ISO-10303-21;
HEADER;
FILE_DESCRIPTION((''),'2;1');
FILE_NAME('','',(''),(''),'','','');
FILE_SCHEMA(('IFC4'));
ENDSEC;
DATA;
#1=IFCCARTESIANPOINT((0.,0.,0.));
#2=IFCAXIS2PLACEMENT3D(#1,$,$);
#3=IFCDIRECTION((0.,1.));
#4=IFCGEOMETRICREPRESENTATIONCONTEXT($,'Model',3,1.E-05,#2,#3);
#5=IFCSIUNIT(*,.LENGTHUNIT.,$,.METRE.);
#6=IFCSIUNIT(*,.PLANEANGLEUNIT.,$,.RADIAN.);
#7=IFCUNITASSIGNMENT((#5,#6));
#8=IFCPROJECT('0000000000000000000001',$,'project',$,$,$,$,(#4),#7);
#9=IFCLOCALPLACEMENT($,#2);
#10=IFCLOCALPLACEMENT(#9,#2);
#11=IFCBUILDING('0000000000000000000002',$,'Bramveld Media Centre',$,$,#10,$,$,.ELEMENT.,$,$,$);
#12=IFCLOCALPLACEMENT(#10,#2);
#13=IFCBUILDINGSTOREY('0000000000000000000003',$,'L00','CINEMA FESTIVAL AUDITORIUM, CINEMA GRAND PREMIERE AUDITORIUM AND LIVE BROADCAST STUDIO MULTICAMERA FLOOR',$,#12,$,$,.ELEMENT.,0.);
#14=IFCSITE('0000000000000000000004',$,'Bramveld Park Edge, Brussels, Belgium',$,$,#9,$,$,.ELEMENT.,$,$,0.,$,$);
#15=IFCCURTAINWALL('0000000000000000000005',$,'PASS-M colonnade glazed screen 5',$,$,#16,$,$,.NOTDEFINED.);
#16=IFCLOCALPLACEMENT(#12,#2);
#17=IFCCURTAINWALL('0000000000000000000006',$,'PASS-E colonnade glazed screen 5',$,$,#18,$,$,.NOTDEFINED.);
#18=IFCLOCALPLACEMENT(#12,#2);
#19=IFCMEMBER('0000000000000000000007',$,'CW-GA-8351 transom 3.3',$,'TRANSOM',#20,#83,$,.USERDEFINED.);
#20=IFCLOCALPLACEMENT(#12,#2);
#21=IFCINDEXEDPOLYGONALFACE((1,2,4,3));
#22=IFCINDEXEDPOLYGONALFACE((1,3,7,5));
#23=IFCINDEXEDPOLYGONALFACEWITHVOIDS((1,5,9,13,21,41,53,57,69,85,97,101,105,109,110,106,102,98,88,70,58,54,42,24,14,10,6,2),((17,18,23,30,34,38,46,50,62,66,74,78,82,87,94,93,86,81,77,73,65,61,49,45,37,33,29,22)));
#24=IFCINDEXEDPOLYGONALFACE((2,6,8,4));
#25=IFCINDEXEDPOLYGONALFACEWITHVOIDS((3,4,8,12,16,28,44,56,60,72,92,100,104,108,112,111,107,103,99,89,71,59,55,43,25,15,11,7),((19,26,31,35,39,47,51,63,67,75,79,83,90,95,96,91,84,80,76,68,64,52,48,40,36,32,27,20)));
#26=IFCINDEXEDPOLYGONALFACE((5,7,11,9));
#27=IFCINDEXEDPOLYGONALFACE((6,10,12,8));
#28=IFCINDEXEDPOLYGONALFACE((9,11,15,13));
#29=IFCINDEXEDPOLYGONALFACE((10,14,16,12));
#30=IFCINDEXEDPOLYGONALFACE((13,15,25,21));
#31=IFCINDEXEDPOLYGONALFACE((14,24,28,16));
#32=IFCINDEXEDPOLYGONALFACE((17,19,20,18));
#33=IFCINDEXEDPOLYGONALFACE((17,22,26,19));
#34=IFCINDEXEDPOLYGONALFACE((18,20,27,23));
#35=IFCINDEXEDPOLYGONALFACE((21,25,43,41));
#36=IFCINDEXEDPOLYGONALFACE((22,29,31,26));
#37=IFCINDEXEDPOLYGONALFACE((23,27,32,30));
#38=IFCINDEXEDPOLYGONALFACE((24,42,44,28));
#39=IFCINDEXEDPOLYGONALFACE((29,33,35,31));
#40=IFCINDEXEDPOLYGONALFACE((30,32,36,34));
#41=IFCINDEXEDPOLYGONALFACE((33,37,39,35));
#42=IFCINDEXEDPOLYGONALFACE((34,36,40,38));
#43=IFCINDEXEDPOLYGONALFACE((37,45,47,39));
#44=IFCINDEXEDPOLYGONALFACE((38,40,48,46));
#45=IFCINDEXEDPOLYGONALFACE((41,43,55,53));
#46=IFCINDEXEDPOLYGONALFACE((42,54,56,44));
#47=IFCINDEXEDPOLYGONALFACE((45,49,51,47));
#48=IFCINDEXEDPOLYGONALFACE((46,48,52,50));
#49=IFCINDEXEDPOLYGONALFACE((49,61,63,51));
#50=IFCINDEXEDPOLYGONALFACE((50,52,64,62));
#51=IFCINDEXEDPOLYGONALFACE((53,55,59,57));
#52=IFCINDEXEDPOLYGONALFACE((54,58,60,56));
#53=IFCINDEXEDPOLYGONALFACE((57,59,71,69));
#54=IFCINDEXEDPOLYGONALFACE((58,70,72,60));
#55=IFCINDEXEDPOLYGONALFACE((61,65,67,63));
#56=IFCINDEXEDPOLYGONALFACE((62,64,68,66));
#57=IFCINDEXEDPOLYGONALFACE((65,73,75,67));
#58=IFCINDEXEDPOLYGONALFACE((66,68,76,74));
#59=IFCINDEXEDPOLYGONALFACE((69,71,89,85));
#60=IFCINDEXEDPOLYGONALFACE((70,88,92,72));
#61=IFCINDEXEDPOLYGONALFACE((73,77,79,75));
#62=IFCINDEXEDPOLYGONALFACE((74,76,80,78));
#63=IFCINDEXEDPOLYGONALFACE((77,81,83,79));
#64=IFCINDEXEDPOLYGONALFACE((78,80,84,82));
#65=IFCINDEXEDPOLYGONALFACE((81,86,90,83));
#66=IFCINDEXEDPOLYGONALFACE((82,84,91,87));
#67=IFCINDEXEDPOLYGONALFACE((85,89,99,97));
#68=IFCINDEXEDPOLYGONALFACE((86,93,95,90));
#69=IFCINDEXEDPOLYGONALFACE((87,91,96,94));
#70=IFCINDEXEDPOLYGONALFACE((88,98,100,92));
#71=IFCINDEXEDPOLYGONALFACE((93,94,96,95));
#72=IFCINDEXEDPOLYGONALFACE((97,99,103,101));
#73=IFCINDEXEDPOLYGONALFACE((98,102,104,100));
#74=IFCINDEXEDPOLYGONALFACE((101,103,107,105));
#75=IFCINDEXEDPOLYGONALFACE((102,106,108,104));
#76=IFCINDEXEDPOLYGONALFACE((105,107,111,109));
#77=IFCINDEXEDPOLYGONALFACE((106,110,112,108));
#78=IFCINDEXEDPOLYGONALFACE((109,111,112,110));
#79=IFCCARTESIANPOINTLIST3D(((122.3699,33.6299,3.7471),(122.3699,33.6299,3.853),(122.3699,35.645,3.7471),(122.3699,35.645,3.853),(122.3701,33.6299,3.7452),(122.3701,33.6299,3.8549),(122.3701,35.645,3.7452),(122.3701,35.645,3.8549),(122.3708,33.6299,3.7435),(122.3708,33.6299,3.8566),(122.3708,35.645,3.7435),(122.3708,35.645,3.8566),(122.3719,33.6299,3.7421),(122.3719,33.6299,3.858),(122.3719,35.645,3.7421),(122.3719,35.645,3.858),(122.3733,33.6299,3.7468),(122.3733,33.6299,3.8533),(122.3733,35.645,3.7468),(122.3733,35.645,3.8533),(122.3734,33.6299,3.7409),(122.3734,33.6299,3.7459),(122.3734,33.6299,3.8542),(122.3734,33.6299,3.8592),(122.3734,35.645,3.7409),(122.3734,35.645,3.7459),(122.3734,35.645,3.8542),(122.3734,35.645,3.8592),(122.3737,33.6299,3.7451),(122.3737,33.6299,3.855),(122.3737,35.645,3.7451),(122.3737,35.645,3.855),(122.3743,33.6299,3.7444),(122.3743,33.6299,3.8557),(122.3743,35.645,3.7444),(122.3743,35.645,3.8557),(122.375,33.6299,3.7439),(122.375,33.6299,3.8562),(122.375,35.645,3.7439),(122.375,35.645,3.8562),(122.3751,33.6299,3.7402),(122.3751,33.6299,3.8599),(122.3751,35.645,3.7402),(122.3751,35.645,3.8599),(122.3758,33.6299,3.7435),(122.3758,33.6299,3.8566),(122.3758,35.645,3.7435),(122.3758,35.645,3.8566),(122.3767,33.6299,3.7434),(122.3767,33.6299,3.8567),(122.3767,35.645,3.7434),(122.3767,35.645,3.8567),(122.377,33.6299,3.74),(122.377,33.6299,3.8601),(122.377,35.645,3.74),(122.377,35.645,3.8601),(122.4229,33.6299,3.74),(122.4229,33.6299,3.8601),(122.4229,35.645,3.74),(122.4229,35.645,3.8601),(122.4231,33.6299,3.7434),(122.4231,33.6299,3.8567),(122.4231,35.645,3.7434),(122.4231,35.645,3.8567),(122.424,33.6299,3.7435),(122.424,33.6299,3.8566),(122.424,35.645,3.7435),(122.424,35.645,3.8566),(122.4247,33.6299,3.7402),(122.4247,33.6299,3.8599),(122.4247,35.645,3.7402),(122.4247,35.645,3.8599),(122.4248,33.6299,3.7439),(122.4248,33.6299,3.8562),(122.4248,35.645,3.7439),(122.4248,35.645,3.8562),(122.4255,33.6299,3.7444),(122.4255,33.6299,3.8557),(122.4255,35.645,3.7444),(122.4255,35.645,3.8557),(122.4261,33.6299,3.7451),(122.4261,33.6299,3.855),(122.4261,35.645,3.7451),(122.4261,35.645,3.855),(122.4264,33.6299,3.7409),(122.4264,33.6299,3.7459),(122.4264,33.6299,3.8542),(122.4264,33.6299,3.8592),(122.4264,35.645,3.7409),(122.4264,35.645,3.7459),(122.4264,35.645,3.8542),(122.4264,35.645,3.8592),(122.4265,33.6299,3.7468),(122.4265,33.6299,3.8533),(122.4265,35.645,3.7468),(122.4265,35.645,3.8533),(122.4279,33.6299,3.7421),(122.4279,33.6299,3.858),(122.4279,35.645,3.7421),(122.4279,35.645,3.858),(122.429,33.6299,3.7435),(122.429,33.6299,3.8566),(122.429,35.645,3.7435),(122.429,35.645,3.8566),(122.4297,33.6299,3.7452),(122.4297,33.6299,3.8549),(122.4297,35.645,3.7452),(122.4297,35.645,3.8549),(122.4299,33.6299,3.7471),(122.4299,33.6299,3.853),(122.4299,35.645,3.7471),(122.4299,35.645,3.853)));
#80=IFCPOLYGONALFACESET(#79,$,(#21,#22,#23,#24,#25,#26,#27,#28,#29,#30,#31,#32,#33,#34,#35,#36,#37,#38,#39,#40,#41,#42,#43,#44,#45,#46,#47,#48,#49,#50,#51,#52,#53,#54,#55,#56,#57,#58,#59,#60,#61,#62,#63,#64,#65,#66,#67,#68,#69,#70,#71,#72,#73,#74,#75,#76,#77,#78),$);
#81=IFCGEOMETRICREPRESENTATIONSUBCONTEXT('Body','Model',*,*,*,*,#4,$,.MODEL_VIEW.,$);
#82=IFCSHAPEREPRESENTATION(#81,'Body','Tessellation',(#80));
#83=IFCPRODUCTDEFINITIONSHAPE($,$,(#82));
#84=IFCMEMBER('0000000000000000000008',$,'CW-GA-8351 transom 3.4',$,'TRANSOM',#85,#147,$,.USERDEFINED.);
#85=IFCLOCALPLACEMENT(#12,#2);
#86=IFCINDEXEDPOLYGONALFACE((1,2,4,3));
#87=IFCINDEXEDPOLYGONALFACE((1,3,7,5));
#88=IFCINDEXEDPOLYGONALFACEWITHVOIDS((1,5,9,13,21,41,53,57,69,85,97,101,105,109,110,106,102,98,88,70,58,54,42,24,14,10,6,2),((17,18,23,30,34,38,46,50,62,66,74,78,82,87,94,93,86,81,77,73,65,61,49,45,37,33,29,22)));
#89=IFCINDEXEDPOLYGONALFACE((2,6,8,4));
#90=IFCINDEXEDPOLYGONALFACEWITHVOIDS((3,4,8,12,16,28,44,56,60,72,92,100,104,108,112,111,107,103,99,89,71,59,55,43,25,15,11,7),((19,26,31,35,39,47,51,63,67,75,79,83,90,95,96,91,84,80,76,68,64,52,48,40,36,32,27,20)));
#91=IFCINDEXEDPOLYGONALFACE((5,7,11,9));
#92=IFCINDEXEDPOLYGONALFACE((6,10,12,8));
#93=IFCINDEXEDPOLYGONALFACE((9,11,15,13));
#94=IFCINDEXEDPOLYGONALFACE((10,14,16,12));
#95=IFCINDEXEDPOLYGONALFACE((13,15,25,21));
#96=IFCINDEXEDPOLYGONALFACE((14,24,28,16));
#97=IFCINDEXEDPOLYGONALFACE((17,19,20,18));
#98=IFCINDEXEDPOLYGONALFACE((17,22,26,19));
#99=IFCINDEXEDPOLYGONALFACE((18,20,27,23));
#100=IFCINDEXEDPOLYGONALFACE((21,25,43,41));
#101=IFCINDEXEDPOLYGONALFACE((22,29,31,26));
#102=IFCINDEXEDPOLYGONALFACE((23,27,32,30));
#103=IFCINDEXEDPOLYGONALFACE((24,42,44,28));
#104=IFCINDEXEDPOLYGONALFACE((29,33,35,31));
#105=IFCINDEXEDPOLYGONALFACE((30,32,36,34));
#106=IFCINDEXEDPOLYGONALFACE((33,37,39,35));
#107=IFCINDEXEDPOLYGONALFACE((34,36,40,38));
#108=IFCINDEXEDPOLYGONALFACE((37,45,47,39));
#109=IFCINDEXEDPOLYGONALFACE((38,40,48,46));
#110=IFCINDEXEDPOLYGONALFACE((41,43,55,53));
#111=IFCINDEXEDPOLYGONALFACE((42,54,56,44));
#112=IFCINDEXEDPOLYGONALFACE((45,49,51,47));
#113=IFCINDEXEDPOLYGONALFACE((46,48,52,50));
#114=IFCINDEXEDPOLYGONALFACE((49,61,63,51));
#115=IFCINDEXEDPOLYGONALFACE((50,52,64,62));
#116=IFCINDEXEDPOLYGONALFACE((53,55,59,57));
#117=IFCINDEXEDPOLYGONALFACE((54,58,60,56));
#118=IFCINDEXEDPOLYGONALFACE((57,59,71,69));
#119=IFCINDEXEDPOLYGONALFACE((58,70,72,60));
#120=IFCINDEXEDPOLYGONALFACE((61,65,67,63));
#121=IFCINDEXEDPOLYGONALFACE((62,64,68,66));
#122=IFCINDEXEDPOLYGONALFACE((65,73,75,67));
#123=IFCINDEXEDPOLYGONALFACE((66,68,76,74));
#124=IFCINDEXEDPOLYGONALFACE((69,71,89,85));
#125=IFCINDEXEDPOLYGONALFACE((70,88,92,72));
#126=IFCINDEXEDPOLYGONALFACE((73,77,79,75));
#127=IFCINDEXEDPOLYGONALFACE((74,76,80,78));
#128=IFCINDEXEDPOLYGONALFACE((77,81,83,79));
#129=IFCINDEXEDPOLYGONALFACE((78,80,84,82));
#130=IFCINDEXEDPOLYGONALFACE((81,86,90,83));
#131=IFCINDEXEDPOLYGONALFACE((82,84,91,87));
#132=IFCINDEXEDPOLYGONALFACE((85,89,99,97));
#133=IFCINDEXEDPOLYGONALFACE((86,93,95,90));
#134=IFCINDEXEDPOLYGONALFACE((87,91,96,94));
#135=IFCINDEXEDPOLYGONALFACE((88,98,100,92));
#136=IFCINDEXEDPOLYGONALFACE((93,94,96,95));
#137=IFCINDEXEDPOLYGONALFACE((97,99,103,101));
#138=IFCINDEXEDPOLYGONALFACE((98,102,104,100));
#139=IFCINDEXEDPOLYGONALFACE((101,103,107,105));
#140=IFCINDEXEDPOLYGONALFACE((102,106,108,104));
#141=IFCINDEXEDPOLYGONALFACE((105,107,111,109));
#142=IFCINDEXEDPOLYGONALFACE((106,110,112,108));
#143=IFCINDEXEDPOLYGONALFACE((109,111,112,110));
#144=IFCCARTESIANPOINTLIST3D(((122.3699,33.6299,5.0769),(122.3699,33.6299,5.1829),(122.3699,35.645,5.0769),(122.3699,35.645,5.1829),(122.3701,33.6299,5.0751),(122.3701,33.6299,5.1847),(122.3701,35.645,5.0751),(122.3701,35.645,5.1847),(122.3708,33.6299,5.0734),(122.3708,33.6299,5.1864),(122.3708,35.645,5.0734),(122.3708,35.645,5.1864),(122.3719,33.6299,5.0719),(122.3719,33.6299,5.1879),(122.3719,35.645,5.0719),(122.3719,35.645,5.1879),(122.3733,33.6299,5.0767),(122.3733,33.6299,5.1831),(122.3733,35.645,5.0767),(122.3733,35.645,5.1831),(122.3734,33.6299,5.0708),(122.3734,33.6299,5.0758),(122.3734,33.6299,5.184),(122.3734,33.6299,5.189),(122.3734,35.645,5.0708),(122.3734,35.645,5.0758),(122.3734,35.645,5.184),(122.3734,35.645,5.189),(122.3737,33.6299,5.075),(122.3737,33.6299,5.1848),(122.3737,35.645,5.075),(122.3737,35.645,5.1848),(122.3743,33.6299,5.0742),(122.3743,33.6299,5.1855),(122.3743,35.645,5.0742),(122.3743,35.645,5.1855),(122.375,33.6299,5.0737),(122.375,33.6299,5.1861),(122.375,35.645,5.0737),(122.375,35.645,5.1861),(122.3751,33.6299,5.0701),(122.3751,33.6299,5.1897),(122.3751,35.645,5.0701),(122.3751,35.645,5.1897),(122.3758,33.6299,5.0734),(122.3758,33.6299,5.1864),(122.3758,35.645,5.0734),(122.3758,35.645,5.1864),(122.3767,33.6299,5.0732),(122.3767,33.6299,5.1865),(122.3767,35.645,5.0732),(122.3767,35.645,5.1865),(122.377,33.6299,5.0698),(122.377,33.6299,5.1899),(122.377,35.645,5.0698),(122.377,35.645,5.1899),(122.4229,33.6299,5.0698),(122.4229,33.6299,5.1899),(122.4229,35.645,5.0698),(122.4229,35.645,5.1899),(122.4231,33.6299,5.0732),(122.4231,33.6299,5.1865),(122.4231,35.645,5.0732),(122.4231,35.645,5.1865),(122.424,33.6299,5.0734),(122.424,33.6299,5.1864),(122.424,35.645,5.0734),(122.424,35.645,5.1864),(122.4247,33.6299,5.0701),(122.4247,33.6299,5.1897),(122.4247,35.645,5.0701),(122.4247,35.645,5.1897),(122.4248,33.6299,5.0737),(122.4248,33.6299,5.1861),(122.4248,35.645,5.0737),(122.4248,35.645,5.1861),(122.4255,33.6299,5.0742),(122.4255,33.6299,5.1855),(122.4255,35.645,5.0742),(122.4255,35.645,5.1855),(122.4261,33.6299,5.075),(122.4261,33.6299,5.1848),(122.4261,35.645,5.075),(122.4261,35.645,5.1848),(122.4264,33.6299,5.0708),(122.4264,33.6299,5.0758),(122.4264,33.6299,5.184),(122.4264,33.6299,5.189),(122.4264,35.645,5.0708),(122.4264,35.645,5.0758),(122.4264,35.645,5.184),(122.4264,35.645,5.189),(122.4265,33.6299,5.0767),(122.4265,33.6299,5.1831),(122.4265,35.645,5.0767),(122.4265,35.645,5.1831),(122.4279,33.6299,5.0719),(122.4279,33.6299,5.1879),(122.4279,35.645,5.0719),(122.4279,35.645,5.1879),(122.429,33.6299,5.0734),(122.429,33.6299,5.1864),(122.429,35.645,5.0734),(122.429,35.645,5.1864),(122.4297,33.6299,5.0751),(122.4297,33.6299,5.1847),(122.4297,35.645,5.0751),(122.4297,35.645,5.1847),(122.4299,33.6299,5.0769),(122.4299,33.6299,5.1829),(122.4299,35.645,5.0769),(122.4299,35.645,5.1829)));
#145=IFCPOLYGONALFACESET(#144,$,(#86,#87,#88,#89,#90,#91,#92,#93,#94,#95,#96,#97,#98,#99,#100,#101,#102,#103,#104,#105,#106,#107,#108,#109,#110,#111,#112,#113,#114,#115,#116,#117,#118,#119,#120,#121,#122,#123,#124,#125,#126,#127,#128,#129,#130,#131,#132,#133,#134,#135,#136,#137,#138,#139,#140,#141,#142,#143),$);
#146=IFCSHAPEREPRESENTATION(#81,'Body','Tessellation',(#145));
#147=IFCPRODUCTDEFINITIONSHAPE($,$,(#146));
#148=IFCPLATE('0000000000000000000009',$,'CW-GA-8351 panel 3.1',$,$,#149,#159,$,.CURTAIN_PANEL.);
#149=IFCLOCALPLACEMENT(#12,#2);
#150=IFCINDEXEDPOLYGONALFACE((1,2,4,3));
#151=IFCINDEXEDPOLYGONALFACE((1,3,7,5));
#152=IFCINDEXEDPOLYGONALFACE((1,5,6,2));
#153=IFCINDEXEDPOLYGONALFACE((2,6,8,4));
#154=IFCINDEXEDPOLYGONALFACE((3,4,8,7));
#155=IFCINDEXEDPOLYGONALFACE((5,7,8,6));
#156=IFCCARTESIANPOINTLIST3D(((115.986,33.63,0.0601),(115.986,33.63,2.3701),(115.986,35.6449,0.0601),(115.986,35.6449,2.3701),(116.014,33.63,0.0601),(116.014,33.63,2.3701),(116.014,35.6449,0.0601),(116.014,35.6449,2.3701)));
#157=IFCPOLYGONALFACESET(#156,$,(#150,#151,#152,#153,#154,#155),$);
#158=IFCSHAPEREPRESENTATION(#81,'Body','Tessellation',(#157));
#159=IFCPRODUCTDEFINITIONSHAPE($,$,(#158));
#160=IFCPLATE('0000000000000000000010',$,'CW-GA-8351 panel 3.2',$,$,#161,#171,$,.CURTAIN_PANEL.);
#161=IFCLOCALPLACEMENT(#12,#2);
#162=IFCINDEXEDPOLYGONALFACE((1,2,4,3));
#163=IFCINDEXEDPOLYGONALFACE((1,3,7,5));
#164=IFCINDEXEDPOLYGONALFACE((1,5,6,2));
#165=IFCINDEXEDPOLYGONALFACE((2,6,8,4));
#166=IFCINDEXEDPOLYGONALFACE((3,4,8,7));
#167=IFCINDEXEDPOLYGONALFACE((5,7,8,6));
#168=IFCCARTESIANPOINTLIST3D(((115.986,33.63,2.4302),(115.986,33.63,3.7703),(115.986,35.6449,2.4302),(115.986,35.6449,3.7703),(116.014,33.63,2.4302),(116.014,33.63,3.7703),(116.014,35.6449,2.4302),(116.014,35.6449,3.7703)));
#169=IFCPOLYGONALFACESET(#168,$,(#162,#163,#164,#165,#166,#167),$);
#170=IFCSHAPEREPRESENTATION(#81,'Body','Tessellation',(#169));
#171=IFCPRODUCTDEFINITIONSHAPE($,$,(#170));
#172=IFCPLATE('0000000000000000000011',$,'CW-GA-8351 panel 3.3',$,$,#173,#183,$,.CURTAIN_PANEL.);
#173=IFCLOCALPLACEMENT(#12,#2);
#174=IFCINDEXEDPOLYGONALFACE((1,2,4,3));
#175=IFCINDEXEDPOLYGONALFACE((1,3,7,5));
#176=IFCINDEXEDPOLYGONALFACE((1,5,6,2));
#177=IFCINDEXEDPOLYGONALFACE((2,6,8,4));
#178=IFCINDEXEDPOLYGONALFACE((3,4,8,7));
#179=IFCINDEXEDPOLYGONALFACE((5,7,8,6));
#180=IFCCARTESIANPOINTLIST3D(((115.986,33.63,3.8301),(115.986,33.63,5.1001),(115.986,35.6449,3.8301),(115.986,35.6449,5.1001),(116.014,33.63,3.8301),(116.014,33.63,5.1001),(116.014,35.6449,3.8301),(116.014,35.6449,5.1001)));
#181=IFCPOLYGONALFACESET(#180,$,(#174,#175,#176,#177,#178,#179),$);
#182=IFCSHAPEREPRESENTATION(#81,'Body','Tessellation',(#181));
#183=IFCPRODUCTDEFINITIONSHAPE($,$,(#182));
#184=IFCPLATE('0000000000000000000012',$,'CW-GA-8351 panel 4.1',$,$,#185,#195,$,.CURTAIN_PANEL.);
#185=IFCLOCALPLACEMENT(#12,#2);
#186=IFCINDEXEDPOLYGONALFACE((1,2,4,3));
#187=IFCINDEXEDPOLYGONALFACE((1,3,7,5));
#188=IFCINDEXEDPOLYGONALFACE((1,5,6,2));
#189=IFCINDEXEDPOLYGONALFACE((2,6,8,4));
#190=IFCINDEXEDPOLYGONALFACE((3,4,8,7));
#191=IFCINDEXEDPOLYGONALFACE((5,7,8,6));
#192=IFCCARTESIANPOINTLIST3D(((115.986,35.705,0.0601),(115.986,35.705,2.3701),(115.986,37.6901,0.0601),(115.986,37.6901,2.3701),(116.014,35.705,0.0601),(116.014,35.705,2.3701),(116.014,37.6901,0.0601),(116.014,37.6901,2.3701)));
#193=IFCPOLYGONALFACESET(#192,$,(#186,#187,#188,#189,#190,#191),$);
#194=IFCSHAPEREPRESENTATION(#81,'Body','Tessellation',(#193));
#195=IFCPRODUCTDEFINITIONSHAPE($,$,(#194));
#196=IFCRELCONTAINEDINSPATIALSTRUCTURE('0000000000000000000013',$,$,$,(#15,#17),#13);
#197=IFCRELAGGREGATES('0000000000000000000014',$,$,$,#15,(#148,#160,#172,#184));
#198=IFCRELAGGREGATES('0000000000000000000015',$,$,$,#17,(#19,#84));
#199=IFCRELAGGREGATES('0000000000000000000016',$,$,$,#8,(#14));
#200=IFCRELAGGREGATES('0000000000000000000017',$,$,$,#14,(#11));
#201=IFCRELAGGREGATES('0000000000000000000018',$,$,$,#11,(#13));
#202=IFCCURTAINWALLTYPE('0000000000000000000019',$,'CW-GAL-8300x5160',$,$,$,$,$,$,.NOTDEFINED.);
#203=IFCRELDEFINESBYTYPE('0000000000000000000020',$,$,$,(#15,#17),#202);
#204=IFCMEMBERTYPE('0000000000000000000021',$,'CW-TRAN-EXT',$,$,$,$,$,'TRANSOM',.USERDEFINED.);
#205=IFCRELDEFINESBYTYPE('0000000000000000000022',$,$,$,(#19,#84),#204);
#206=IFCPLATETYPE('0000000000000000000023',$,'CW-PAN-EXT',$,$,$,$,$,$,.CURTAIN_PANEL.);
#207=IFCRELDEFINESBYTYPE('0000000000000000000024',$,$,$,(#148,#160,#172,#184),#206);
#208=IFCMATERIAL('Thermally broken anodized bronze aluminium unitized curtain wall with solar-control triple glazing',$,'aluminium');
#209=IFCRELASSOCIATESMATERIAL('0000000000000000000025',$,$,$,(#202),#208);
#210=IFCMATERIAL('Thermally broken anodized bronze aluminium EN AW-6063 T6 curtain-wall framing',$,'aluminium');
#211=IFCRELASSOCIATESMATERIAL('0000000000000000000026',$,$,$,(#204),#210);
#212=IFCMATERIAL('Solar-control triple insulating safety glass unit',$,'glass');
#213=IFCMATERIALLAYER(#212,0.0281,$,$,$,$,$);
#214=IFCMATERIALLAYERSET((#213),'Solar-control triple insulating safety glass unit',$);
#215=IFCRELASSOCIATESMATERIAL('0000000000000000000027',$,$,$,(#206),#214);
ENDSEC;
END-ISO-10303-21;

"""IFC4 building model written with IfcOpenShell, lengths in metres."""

from ifc_helpers import new_model, si_unit, direction, frame, origin, origin_2d, place, context, subcontext, project, spatial, rectangle, hollow_rectangle, extrude, material, layer, layer_set, material_profile, profile_set, type_object, element, aggregate, save


model = new_model("IFC4")

# Units and contexts
model_context = context("Model", 3, precision=1e-05, world=origin(), true_north=direction((0.0, 1.0)))
body_context = subcontext(model_context, "Body", "Model", "MODEL_VIEW")
ifc_project = project(units=[si_unit("LENGTHUNIT", "METRE"), si_unit("PLANEANGLEUNIT", "RADIAN")], contexts=[model_context])

# Site, building, storey
site_placement = place(None, origin())
site = spatial("IfcSite", under=ifc_project, at=site_placement, Name="Bramveld Park Edge, Brussels, Belgium", CompositionType="ELEMENT", RefElevation=0.0)
building_placement = place(site_placement, origin())
building = spatial("IfcBuilding", under=site, at=building_placement, Name="Bramveld Media Centre", CompositionType="ELEMENT")
storey_placement = place(building_placement, origin())
storey = spatial("IfcBuildingStorey", under=building, at=storey_placement, Name="L00", Description="CINEMA FESTIVAL AUDITORIUM, CINEMA GRAND PREMIERE AUDITORIUM AND LIVE BROADCAST STUDIO MULTICAMERA FLOOR", CompositionType="ELEMENT", Elevation=0.0)

# Curtain walls, members
ifc_material_1 = material(Name="Thermally broken anodized bronze aluminium unitized curtain wall with solar-control triple glazing", Category="aluminium")
curtain_wall_type = type_object("IfcCurtainWallType", Name="CW-GAL-8300x5160", PredefinedType="NOTDEFINED", material=ifc_material_1)
curtain_wall_1_placement = place(storey_placement, origin())
curtain_wall_1 = element("IfcCurtainWall", 1, at=curtain_wall_1_placement, inside=storey, type_object=curtain_wall_type, Name="PASS-M colonnade glazed screen 5", PredefinedType="NOTDEFINED")
ifc_material_2 = material(Name="Thermally broken anodized bronze aluminium EN AW-6063 T6 curtain-wall framing", Category="aluminium")
ifc_material_profile_1 = material_profile(ifc_material_2, hollow_rectangle(XDim=0.0601, YDim=0.1201, WallThickness=0.0034, InnerFilletRadius=0.0034, OuterFilletRadius=0.0071, at=origin_2d()), Name="AL-TRAN 60x120")
ifc_profile_set_1 = profile_set([ifc_material_profile_1], Name="Thermally broken anodized bronze aluminium EN AW-6063 T6 curtain-wall framing")
member_type_1 = type_object("IfcMemberType", Name="CW-TRAN-EXT", ElementType="TRANSOM", PredefinedType="USERDEFINED", material=ifc_profile_set_1)
curtain_wall_2_placement = place(storey_placement, origin())
curtain_wall_2 = element("IfcCurtainWall", 2, at=curtain_wall_2_placement, inside=storey, type_object=curtain_wall_type, Name="PASS-E colonnade glazed screen 5", PredefinedType="NOTDEFINED")
member_1_placement = place(storey_placement, frame((122.3999, 33.6299, 3.8), z_axis=(0.0, 1.0, 0.0), x_axis=(-1.0, 0.0, 0.0)))
member_1 = element("IfcMember", 3, at=member_1_placement, type_object=member_type_1, Name="CW-GA-8351 transom 3.3", ObjectType="TRANSOM", PredefinedType="USERDEFINED", context=body_context, shape_type="SweptSolid", body=[
    extrude(hollow_rectangle(XDim=0.0601, YDim=0.1201, WallThickness=0.0034, InnerFilletRadius=0.0034, OuterFilletRadius=0.0071, at=origin_2d()), origin(), (0.0, 0.0, 1.0), 2.0151),
])
member_2_placement = place(storey_placement, frame((122.3999, 33.6299, 5.1299), z_axis=(0.0, 1.0, 0.0), x_axis=(-1.0, 0.0, 0.0)))
member_2 = element("IfcMember", 4, at=member_2_placement, type_object=member_type_1, Name="CW-GA-8351 transom 3.4", ObjectType="TRANSOM", PredefinedType="USERDEFINED", context=body_context, shape_type="SweptSolid", body=[
    extrude(hollow_rectangle(XDim=0.0601, YDim=0.1201, WallThickness=0.0034, InnerFilletRadius=0.0034, OuterFilletRadius=0.0071, at=origin_2d()), origin(), (0.0, 0.0, 1.0), 2.0151),
])

# Plates
ifc_material_3 = material(Name="Solar-control triple insulating safety glass unit", Category="glass")
ifc_layer = layer(ifc_material_3, 0.0281)
ifc_layer_set = layer_set([ifc_layer], Name="Solar-control triple insulating safety glass unit")
plate_type = type_object("IfcPlateType", Name="CW-PAN-EXT", PredefinedType="CURTAIN_PANEL", material=ifc_layer_set)
plate_1_placement = place(storey_placement, frame((116.0, 34.6375, 0.0601), z_axis=(0.0, 0.0, 1.0), x_axis=(0.0, 1.0, 0.0)))
plate_1 = element("IfcPlate", 5, at=plate_1_placement, type_object=plate_type, Name="CW-GA-8351 panel 3.1", PredefinedType="CURTAIN_PANEL", context=body_context, shape_type="SweptSolid", body=[
    extrude(rectangle(XDim=2.0149, YDim=0.0281, at=origin_2d()), origin(), (0.0, 0.0, 1.0), 2.3101),
])
plate_2_placement = place(storey_placement, frame((116.0, 34.6375, 2.4302), z_axis=(0.0, 0.0, 1.0), x_axis=(0.0, 1.0, 0.0)))
plate_2 = element("IfcPlate", 6, at=plate_2_placement, type_object=plate_type, Name="CW-GA-8351 panel 3.2", PredefinedType="CURTAIN_PANEL", context=body_context, shape_type="SweptSolid", body=[
    extrude(rectangle(XDim=2.0149, YDim=0.0281, at=origin_2d()), origin(), (0.0, 0.0, 1.0), 1.3401),
])
plate_3_placement = place(storey_placement, frame((116.0, 34.6375, 3.8301), z_axis=(0.0, 0.0, 1.0), x_axis=(0.0, 1.0, 0.0)))
plate_3 = element("IfcPlate", 7, at=plate_3_placement, type_object=plate_type, Name="CW-GA-8351 panel 3.3", PredefinedType="CURTAIN_PANEL", context=body_context, shape_type="SweptSolid", body=[
    extrude(rectangle(XDim=2.0149, YDim=0.0281, at=origin_2d()), origin(), (0.0, 0.0, 1.0), 1.27),
])
plate_4_placement = place(storey_placement, frame((116.0, 36.6975, 0.0601), z_axis=(0.0, 0.0, 1.0), x_axis=(0.0, 1.0, 0.0)))
plate_4 = element("IfcPlate", 8, at=plate_4_placement, type_object=plate_type, Name="CW-GA-8351 panel 4.1", PredefinedType="CURTAIN_PANEL", context=body_context, shape_type="SweptSolid", body=[
    extrude(rectangle(XDim=1.9851, YDim=0.0281, at=origin_2d()), origin(), (0.0, 0.0, 1.0), 2.3101),
])
aggregate(curtain_wall_1, [plate_1, plate_2, plate_3, plate_4])
aggregate(curtain_wall_2, [member_1, member_2])

save(model, "model.ifc")
